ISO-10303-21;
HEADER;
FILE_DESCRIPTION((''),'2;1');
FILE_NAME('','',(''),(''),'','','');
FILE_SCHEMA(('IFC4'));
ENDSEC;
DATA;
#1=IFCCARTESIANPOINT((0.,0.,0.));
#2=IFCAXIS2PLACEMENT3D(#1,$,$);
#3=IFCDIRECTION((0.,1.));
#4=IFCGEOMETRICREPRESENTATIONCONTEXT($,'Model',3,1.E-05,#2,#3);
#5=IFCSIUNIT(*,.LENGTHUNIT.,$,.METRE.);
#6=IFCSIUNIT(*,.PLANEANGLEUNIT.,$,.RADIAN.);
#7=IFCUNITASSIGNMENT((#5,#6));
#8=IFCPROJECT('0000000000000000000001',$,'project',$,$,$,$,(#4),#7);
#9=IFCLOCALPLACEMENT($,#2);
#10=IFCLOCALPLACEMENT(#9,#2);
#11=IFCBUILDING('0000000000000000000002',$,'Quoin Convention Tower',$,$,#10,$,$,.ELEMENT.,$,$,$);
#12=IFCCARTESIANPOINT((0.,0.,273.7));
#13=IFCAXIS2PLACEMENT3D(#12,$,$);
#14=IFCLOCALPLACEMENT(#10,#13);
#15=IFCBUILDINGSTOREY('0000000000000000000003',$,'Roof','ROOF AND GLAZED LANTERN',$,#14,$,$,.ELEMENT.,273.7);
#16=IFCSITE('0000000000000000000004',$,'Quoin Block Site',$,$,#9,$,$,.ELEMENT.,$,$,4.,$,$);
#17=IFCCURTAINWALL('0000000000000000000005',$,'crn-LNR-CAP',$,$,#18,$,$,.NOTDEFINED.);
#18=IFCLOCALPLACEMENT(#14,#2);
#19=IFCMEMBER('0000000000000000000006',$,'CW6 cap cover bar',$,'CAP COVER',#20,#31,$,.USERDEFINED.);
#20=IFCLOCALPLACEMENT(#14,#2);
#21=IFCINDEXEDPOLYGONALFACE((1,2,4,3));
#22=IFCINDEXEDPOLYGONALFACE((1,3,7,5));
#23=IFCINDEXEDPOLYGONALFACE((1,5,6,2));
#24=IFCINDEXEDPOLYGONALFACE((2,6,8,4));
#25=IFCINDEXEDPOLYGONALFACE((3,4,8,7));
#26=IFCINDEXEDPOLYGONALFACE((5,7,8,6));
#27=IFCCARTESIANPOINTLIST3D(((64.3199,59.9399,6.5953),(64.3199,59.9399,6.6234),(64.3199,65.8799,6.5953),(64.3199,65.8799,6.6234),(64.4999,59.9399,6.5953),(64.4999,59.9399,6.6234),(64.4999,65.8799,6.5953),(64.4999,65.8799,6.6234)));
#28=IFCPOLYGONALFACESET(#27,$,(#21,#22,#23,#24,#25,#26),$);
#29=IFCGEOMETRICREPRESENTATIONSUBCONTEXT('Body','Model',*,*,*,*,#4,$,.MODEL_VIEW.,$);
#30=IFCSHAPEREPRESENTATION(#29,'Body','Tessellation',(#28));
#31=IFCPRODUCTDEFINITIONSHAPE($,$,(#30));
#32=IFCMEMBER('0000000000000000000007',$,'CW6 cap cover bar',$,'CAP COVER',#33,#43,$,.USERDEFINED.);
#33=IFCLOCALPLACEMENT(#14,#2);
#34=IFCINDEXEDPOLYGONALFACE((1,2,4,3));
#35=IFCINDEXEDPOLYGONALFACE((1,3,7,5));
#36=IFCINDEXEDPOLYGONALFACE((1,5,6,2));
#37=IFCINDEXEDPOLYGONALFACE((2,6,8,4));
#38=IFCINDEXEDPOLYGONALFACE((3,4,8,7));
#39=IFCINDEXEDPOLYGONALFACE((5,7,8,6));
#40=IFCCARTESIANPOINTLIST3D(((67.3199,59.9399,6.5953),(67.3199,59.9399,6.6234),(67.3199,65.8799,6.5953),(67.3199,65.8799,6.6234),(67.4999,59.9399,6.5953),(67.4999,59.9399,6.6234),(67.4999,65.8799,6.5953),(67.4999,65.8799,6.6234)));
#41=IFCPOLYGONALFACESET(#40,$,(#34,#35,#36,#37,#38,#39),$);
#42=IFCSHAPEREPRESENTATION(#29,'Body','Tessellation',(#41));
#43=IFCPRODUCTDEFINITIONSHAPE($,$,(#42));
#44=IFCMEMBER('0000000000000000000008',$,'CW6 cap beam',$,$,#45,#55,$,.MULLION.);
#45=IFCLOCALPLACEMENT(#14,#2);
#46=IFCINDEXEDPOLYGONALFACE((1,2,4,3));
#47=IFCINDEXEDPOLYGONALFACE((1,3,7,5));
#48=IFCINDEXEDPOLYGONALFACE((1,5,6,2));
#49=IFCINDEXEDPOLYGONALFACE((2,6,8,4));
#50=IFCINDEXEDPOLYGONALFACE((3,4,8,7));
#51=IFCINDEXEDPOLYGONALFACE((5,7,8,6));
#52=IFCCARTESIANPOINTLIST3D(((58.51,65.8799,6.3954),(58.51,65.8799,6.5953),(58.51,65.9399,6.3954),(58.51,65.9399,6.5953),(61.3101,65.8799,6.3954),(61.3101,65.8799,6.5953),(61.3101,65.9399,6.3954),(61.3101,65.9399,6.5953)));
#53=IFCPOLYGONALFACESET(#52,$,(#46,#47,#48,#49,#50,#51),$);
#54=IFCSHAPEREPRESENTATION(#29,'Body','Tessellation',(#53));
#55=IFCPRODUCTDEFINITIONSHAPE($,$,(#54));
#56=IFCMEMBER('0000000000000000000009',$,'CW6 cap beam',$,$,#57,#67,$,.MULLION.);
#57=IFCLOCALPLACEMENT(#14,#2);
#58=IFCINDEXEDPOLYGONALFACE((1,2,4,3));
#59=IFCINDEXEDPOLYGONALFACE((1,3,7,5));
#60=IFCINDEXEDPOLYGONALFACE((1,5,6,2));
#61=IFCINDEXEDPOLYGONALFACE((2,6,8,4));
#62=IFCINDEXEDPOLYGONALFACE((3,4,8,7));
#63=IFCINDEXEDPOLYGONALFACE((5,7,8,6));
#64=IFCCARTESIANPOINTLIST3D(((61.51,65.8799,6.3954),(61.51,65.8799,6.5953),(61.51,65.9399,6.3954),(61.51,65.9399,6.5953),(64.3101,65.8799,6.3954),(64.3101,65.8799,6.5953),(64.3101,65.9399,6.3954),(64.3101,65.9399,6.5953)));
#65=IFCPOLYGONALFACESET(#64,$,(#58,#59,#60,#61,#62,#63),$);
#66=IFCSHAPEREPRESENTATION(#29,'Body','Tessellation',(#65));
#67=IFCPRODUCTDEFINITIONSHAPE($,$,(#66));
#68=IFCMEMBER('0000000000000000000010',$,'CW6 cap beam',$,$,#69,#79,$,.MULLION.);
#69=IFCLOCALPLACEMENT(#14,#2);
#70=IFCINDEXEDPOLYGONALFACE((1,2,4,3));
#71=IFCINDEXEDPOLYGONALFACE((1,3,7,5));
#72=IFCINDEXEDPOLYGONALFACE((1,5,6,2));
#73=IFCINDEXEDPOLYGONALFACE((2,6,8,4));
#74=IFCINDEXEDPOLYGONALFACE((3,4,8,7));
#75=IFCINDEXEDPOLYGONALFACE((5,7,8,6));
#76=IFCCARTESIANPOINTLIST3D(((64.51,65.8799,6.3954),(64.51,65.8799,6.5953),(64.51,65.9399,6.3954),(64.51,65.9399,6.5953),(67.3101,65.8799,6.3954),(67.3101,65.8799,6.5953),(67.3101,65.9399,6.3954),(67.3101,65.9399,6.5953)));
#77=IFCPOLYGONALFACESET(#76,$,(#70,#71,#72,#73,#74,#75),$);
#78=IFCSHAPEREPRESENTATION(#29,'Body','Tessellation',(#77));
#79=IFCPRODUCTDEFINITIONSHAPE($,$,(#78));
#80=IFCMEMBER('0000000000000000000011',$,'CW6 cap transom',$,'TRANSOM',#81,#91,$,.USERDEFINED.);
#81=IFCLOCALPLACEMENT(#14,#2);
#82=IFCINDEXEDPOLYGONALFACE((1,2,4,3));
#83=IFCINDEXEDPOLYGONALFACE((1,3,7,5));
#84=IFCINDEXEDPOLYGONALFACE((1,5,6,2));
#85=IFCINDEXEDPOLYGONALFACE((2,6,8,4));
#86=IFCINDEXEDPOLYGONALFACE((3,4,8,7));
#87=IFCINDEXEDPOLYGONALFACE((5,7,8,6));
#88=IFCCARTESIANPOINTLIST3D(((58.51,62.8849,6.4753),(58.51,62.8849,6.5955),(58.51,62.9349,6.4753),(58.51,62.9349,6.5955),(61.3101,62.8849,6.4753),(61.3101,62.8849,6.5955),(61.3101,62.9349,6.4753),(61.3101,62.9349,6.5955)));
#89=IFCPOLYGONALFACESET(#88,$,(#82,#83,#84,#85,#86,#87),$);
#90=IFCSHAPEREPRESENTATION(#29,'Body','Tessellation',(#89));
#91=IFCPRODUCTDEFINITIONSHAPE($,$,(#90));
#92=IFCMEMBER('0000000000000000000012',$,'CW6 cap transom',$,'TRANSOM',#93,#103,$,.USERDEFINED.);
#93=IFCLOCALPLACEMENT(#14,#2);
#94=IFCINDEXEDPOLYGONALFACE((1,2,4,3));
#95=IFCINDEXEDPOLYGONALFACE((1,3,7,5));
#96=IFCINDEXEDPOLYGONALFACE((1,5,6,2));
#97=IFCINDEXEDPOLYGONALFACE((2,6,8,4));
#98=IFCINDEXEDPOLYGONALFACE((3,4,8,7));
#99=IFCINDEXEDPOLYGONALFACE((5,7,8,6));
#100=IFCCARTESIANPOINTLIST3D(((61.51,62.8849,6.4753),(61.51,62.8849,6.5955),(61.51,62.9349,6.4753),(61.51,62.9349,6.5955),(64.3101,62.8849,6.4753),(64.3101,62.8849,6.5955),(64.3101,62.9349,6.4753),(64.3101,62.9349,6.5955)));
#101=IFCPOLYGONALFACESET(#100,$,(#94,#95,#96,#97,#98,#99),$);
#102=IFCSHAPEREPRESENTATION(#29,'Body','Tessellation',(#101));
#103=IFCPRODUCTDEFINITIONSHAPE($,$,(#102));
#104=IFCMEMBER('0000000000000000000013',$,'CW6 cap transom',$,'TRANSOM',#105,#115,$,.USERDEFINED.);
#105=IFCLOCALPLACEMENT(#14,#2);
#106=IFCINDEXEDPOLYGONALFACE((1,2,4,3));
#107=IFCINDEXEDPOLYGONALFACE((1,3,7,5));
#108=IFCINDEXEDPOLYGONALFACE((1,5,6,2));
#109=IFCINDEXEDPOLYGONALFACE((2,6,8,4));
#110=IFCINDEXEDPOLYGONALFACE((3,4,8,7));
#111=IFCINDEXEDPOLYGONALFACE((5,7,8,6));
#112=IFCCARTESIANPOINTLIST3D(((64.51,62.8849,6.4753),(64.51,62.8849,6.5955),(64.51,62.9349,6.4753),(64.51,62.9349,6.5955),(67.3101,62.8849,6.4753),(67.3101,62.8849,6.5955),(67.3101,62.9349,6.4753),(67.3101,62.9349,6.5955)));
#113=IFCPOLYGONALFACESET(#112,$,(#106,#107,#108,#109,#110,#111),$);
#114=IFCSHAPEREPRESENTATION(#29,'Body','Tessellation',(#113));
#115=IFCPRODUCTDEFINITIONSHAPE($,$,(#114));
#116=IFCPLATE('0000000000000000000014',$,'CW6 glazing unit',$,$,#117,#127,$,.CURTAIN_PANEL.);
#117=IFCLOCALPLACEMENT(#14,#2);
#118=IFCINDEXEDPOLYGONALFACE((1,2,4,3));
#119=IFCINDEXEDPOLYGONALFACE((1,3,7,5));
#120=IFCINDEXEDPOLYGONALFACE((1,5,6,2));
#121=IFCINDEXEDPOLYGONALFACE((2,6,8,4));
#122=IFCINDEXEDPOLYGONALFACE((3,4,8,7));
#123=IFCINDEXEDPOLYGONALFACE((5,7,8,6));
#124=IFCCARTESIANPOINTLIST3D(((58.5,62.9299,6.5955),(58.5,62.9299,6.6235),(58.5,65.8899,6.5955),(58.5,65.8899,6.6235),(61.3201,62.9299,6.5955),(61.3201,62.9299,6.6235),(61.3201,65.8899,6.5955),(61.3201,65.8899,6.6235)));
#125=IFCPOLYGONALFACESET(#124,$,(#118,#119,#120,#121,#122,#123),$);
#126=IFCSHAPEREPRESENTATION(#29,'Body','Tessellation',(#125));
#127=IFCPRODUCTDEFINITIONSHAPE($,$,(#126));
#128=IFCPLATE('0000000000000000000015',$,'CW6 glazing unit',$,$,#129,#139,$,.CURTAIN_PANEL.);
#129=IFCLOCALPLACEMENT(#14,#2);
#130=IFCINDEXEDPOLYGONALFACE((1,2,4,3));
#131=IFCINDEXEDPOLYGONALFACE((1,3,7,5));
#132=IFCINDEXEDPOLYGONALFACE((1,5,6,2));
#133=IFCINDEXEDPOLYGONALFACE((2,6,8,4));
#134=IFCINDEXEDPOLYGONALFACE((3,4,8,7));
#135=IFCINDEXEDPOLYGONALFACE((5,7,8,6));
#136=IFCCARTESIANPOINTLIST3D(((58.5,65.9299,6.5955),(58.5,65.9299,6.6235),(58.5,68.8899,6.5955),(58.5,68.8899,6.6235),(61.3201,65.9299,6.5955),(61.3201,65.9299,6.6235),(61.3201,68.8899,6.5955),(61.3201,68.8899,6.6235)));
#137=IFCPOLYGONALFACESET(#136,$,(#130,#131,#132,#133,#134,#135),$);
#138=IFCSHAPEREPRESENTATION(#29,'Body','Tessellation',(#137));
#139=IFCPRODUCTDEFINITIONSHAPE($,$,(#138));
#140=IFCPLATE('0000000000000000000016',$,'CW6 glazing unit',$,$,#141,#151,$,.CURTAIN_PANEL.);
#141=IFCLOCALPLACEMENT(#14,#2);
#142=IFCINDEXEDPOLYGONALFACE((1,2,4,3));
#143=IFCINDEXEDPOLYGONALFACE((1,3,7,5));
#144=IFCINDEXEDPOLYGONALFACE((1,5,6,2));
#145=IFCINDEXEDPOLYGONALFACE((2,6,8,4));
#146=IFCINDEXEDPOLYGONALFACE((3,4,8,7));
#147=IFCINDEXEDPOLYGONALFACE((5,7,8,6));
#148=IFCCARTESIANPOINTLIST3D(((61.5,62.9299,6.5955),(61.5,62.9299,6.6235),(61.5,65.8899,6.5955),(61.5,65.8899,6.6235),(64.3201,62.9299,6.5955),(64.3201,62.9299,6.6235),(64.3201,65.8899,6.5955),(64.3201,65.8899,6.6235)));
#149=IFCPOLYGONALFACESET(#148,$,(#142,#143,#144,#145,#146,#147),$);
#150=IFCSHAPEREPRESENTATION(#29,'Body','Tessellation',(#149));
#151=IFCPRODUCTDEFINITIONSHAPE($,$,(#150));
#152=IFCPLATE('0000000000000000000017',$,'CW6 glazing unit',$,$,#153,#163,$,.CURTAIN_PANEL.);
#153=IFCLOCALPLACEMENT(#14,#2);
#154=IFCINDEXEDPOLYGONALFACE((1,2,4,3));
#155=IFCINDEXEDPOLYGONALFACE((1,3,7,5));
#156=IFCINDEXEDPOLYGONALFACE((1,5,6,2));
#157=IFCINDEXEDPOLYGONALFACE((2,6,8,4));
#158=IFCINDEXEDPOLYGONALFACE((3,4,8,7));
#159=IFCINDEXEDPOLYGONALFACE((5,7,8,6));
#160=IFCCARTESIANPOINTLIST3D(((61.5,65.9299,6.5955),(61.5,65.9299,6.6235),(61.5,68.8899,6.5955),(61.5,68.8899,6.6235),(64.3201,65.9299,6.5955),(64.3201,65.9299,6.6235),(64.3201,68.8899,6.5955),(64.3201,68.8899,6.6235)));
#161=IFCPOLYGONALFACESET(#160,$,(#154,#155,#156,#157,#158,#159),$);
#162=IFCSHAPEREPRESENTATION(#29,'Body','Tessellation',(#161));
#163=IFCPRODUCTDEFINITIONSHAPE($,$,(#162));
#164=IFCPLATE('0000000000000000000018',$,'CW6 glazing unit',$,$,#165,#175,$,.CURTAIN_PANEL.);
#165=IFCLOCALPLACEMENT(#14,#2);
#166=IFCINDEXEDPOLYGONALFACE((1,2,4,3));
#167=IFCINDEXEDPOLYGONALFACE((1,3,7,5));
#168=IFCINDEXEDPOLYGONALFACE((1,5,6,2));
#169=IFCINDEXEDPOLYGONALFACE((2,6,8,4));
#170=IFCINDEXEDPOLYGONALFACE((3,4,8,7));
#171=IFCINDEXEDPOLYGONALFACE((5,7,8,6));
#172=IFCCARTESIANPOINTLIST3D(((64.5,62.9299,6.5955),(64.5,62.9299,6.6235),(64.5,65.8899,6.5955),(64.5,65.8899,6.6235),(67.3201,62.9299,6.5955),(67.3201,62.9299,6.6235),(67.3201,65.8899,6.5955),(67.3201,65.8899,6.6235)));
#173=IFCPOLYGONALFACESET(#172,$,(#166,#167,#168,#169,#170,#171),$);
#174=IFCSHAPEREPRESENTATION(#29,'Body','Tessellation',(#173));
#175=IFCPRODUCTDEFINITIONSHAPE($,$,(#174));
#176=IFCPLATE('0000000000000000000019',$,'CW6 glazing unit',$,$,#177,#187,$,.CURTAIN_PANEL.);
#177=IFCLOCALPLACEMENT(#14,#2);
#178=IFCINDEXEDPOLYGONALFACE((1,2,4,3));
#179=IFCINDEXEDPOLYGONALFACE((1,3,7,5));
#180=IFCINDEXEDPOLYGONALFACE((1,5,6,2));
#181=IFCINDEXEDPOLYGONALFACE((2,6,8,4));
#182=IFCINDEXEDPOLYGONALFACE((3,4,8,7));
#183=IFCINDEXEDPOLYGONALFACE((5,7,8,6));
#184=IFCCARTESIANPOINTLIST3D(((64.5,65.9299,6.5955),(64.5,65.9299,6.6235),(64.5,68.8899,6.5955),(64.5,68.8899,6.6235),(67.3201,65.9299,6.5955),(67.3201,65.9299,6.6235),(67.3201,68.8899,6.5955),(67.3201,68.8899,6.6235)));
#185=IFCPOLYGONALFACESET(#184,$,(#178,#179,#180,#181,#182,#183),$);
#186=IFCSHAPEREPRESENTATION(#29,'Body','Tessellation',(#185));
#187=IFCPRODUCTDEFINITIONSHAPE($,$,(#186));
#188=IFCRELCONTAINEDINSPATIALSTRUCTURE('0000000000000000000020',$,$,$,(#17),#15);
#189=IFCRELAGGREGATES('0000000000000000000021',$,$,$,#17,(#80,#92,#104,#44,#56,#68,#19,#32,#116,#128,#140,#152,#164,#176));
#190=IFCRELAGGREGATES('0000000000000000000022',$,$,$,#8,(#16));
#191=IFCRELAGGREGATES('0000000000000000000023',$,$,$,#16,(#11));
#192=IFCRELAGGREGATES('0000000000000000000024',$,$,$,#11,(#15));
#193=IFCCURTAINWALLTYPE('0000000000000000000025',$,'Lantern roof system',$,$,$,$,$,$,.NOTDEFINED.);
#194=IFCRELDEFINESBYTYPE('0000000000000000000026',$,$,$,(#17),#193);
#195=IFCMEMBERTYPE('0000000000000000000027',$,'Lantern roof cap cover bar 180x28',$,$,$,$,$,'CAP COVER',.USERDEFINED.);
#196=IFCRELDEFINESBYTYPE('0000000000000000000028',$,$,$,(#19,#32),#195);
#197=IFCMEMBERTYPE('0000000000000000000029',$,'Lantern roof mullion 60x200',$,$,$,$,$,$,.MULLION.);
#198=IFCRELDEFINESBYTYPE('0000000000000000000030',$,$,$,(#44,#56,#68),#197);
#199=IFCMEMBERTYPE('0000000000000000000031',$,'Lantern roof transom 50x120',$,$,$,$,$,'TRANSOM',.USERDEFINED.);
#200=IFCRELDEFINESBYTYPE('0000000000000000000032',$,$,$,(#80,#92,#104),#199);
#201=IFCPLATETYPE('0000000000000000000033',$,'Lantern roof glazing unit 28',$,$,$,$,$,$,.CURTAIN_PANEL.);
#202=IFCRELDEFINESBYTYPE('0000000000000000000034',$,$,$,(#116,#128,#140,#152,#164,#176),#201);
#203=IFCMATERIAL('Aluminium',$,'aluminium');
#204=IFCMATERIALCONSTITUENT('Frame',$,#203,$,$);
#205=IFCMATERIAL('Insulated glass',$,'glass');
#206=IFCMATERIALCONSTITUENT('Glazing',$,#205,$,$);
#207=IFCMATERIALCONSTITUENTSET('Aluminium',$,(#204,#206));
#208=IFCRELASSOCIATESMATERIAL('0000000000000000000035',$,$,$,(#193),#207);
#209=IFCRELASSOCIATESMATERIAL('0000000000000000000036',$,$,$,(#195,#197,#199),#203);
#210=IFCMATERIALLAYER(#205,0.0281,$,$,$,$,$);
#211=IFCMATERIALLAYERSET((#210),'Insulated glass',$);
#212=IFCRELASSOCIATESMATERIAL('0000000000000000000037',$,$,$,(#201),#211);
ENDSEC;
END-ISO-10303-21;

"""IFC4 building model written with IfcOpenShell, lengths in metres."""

from ifc_helpers import new_model, si_unit, direction, frame, origin, origin_2d, place, context, subcontext, project, spatial, polyline, rectangle, outline, extrude, material, layer, layer_set, constituent, constituent_set, material_profile, profile_set, type_object, element, aggregate, save


model = new_model("IFC4")

# Units and contexts
model_context = context("Model", 3, precision=1e-05, world=origin(), true_north=direction((0.0, 1.0)))
body_context = subcontext(model_context, "Body", "Model", "MODEL_VIEW")
ifc_project = project(units=[si_unit("LENGTHUNIT", "METRE"), si_unit("PLANEANGLEUNIT", "RADIAN")], contexts=[model_context])

# Site, building, storey
site_placement = place(None, origin())
site = spatial("IfcSite", under=ifc_project, at=site_placement, Name="Quoin Block Site", CompositionType="ELEMENT", RefElevation=4.0)
building_placement = place(site_placement, origin())
building = spatial("IfcBuilding", under=site, at=building_placement, Name="Quoin Convention Tower", CompositionType="ELEMENT")
storey_placement = place(building_placement, frame((0.0, 0.0, 273.7)))
storey = spatial("IfcBuildingStorey", under=building, at=storey_placement, Name="Roof", Description="ROOF AND GLAZED LANTERN", CompositionType="ELEMENT", Elevation=273.7)

# Curtain wall, members, plates
ifc_material_1 = material(Name="Aluminium", Category="aluminium")
ifc_constituent_1 = constituent(ifc_material_1, Name="Frame")
ifc_material_2 = material(Name="Insulated glass", Category="glass")
ifc_constituent_2 = constituent(ifc_material_2, Name="Glazing")
ifc_constituent_set = constituent_set(constituents=[ifc_constituent_1, ifc_constituent_2], Name="Aluminium")
curtain_wall_type = type_object("IfcCurtainWallType", Name="Lantern roof system", PredefinedType="NOTDEFINED", material=ifc_constituent_set)
curtain_wall_placement = place(storey_placement, origin())
curtain_wall = element("IfcCurtainWall", 1, at=curtain_wall_placement, inside=storey, type_object=curtain_wall_type, Name="crn-LNR-CAP", PredefinedType="NOTDEFINED")
ifc_material_profile_1 = material_profile(ifc_material_1, rectangle(XDim=0.0281, YDim=0.1799, at=origin_2d()), Name="Lantern roof cap cover bar 180x28")
ifc_profile_set_1 = profile_set([ifc_material_profile_1], Name="Aluminium")
member_type_1 = type_object("IfcMemberType", Name="Lantern roof cap cover bar 180x28", ElementType="CAP COVER", PredefinedType="USERDEFINED", material=ifc_profile_set_1)
member_1_placement = place(storey_placement, frame((64.4099, 59.9399, 6.6094), z_axis=(0.0, 1.0, 0.0), x_axis=(0.0, 0.0, 1.0)))
member_1 = element("IfcMember", 2, at=member_1_placement, type_object=member_type_1, Name="CW6 cap cover bar", ObjectType="CAP COVER", PredefinedType="USERDEFINED", context=body_context, shape_type="SweptSolid", body=[
    extrude(rectangle(XDim=0.0281, YDim=0.1799, at=origin_2d()), origin(), (0.0, 0.0, 1.0), 5.9399),
])
member_2_placement = place(storey_placement, frame((67.4099, 59.9399, 6.6094), z_axis=(0.0, 1.0, 0.0), x_axis=(0.0, 0.0, 1.0)))
member_2 = element("IfcMember", 3, at=member_2_placement, type_object=member_type_1, Name="CW6 cap cover bar", ObjectType="CAP COVER", PredefinedType="USERDEFINED", context=body_context, shape_type="SweptSolid", body=[
    extrude(rectangle(XDim=0.0281, YDim=0.1799, at=origin_2d()), origin(), (0.0, 0.0, 1.0), 5.9399),
])
ifc_material_profile_2 = material_profile(ifc_material_1, rectangle(XDim=0.2, YDim=0.0601, at=origin_2d()), Name="Lantern roof mullion 60x200")
ifc_profile_set_2 = profile_set([ifc_material_profile_2], Name="Aluminium")
member_type_2 = type_object("IfcMemberType", Name="Lantern roof mullion 60x200", PredefinedType="MULLION", material=ifc_profile_set_2)
member_3_placement = place(storey_placement, frame((58.51, 65.9099, 6.4954), z_axis=(1.0, 0.0, 0.0), x_axis=(0.0, 0.0, 1.0)))
member_3 = element("IfcMember", 4, at=member_3_placement, type_object=member_type_2, Name="CW6 cap beam", PredefinedType="MULLION", context=body_context, shape_type="SweptSolid", body=[
    extrude(rectangle(XDim=0.2, YDim=0.0601, at=origin_2d()), origin(), (0.0, 0.0, 1.0), 2.8),
])
member_4_placement = place(storey_placement, frame((61.51, 65.9099, 6.4954), z_axis=(1.0, 0.0, 0.0), x_axis=(0.0, 0.0, 1.0)))
member_4 = element("IfcMember", 5, at=member_4_placement, type_object=member_type_2, Name="CW6 cap beam", PredefinedType="MULLION", context=body_context, shape_type="SweptSolid", body=[
    extrude(rectangle(XDim=0.2, YDim=0.0601, at=origin_2d()), origin(), (0.0, 0.0, 1.0), 2.8),
])
member_5_placement = place(storey_placement, frame((64.51, 65.9099, 6.4954), z_axis=(1.0, 0.0, 0.0), x_axis=(0.0, 0.0, 1.0)))
member_5 = element("IfcMember", 6, at=member_5_placement, type_object=member_type_2, Name="CW6 cap beam", PredefinedType="MULLION", context=body_context, shape_type="SweptSolid", body=[
    extrude(rectangle(XDim=0.2, YDim=0.0601, at=origin_2d()), origin(), (0.0, 0.0, 1.0), 2.8),
])
ifc_material_profile_3 = material_profile(ifc_material_1, rectangle(XDim=0.1201, YDim=0.05, at=origin_2d()), Name="Lantern roof transom 50x120")
ifc_profile_set_3 = profile_set([ifc_material_profile_3], Name="Aluminium")
member_type_3 = type_object("IfcMemberType", Name="Lantern roof transom 50x120", ElementType="TRANSOM", PredefinedType="USERDEFINED", material=ifc_profile_set_3)
member_6_placement = place(storey_placement, frame((58.51, 62.9099, 6.5354), z_axis=(1.0, 0.0, 0.0), x_axis=(0.0, 0.0, 1.0)))
member_6 = element("IfcMember", 7, at=member_6_placement, type_object=member_type_3, Name="CW6 cap transom", ObjectType="TRANSOM", PredefinedType="USERDEFINED", context=body_context, shape_type="SweptSolid", body=[
    extrude(rectangle(XDim=0.1201, YDim=0.05, at=origin_2d()), origin(), (0.0, 0.0, 1.0), 2.8),
])
member_7_placement = place(storey_placement, frame((61.51, 62.9099, 6.5354), z_axis=(1.0, 0.0, 0.0), x_axis=(0.0, 0.0, 1.0)))
member_7 = element("IfcMember", 8, at=member_7_placement, type_object=member_type_3, Name="CW6 cap transom", ObjectType="TRANSOM", PredefinedType="USERDEFINED", context=body_context, shape_type="SweptSolid", body=[
    extrude(rectangle(XDim=0.1201, YDim=0.05, at=origin_2d()), origin(), (0.0, 0.0, 1.0), 2.8),
])
member_8_placement = place(storey_placement, frame((64.51, 62.9099, 6.5354), z_axis=(1.0, 0.0, 0.0), x_axis=(0.0, 0.0, 1.0)))
member_8 = element("IfcMember", 9, at=member_8_placement, type_object=member_type_3, Name="CW6 cap transom", ObjectType="TRANSOM", PredefinedType="USERDEFINED", context=body_context, shape_type="SweptSolid", body=[
    extrude(rectangle(XDim=0.1201, YDim=0.05, at=origin_2d()), origin(), (0.0, 0.0, 1.0), 2.8),
])
ifc_layer_1 = layer(ifc_material_2, 0.0281)
ifc_layer_set_1 = layer_set([ifc_layer_1], Name="Insulated glass")
plate_type = type_object("IfcPlateType", Name="Lantern roof glazing unit 28", PredefinedType="CURTAIN_PANEL", material=ifc_layer_set_1)
plate_1_placement = place(storey_placement, frame((58.5, 62.9299, 6.6235), z_axis=(0.0, 0.0, 1.0), x_axis=(0.0, 1.0, 0.0)))
plate_1 = element("IfcPlate", 10, at=plate_1_placement, type_object=plate_type, Name="CW6 glazing unit", PredefinedType="CURTAIN_PANEL", context=body_context, shape_type="SweptSolid", body=[
    extrude(outline(polyline([(0.0, 0.0), (2.96, 0.0), (2.96, -2.8201), (0.0, -2.8201), (0.0, 0.0)])), origin(), (0.0, 0.0, -1.0), 0.0281),
])
plate_2_placement = place(storey_placement, frame((58.5, 65.9299, 6.6235), z_axis=(0.0, 0.0, 1.0), x_axis=(0.0, 1.0, 0.0)))
plate_2 = element("IfcPlate", 11, at=plate_2_placement, type_object=plate_type, Name="CW6 glazing unit", PredefinedType="CURTAIN_PANEL", context=body_context, shape_type="SweptSolid", body=[
    extrude(outline(polyline([(0.0, 0.0), (2.96, 0.0), (2.96, -2.8201), (0.0, -2.8201), (0.0, 0.0)])), origin(), (0.0, 0.0, -1.0), 0.0281),
])
plate_3_placement = place(storey_placement, frame((61.5, 62.9299, 6.6235), z_axis=(0.0, 0.0, 1.0), x_axis=(0.0, 1.0, 0.0)))
plate_3 = element("IfcPlate", 12, at=plate_3_placement, type_object=plate_type, Name="CW6 glazing unit", PredefinedType="CURTAIN_PANEL", context=body_context, shape_type="SweptSolid", body=[
    extrude(outline(polyline([(0.0, 0.0), (2.96, 0.0), (2.96, -2.8201), (0.0, -2.8201), (0.0, 0.0)])), origin(), (0.0, 0.0, -1.0), 0.0281),
])
plate_4_placement = place(storey_placement, frame((61.5, 65.9299, 6.6235), z_axis=(0.0, 0.0, 1.0), x_axis=(0.0, 1.0, 0.0)))
plate_4 = element("IfcPlate", 13, at=plate_4_placement, type_object=plate_type, Name="CW6 glazing unit", PredefinedType="CURTAIN_PANEL", context=body_context, shape_type="SweptSolid", body=[
    extrude(outline(polyline([(0.0, 0.0), (2.96, 0.0), (2.96, -2.8201), (0.0, -2.8201), (0.0, 0.0)])), origin(), (0.0, 0.0, -1.0), 0.0281),
])
plate_5_placement = place(storey_placement, frame((64.5, 62.9299, 6.6235), z_axis=(0.0, 0.0, 1.0), x_axis=(0.0, 1.0, 0.0)))
plate_5 = element("IfcPlate", 14, at=plate_5_placement, type_object=plate_type, Name="CW6 glazing unit", PredefinedType="CURTAIN_PANEL", context=body_context, shape_type="SweptSolid", body=[
    extrude(outline(polyline([(0.0, 0.0), (2.96, 0.0), (2.96, -2.8201), (0.0, -2.8201), (0.0, 0.0)])), origin(), (0.0, 0.0, -1.0), 0.0281),
])
plate_6_placement = place(storey_placement, frame((64.5, 65.9299, 6.6235), z_axis=(0.0, 0.0, 1.0), x_axis=(0.0, 1.0, 0.0)))
plate_6 = element("IfcPlate", 15, at=plate_6_placement, type_object=plate_type, Name="CW6 glazing unit", PredefinedType="CURTAIN_PANEL", context=body_context, shape_type="SweptSolid", body=[
    extrude(outline(polyline([(0.0, 0.0), (2.96, 0.0), (2.96, -2.8201), (0.0, -2.8201), (0.0, 0.0)])), origin(), (0.0, 0.0, -1.0), 0.0281),
])
aggregate(curtain_wall, [member_6, member_7, member_8, member_3, member_4, member_5, member_1, member_2, plate_1, plate_2, plate_3, plate_4, plate_5, plate_6])

save(model, "model.ifc")
